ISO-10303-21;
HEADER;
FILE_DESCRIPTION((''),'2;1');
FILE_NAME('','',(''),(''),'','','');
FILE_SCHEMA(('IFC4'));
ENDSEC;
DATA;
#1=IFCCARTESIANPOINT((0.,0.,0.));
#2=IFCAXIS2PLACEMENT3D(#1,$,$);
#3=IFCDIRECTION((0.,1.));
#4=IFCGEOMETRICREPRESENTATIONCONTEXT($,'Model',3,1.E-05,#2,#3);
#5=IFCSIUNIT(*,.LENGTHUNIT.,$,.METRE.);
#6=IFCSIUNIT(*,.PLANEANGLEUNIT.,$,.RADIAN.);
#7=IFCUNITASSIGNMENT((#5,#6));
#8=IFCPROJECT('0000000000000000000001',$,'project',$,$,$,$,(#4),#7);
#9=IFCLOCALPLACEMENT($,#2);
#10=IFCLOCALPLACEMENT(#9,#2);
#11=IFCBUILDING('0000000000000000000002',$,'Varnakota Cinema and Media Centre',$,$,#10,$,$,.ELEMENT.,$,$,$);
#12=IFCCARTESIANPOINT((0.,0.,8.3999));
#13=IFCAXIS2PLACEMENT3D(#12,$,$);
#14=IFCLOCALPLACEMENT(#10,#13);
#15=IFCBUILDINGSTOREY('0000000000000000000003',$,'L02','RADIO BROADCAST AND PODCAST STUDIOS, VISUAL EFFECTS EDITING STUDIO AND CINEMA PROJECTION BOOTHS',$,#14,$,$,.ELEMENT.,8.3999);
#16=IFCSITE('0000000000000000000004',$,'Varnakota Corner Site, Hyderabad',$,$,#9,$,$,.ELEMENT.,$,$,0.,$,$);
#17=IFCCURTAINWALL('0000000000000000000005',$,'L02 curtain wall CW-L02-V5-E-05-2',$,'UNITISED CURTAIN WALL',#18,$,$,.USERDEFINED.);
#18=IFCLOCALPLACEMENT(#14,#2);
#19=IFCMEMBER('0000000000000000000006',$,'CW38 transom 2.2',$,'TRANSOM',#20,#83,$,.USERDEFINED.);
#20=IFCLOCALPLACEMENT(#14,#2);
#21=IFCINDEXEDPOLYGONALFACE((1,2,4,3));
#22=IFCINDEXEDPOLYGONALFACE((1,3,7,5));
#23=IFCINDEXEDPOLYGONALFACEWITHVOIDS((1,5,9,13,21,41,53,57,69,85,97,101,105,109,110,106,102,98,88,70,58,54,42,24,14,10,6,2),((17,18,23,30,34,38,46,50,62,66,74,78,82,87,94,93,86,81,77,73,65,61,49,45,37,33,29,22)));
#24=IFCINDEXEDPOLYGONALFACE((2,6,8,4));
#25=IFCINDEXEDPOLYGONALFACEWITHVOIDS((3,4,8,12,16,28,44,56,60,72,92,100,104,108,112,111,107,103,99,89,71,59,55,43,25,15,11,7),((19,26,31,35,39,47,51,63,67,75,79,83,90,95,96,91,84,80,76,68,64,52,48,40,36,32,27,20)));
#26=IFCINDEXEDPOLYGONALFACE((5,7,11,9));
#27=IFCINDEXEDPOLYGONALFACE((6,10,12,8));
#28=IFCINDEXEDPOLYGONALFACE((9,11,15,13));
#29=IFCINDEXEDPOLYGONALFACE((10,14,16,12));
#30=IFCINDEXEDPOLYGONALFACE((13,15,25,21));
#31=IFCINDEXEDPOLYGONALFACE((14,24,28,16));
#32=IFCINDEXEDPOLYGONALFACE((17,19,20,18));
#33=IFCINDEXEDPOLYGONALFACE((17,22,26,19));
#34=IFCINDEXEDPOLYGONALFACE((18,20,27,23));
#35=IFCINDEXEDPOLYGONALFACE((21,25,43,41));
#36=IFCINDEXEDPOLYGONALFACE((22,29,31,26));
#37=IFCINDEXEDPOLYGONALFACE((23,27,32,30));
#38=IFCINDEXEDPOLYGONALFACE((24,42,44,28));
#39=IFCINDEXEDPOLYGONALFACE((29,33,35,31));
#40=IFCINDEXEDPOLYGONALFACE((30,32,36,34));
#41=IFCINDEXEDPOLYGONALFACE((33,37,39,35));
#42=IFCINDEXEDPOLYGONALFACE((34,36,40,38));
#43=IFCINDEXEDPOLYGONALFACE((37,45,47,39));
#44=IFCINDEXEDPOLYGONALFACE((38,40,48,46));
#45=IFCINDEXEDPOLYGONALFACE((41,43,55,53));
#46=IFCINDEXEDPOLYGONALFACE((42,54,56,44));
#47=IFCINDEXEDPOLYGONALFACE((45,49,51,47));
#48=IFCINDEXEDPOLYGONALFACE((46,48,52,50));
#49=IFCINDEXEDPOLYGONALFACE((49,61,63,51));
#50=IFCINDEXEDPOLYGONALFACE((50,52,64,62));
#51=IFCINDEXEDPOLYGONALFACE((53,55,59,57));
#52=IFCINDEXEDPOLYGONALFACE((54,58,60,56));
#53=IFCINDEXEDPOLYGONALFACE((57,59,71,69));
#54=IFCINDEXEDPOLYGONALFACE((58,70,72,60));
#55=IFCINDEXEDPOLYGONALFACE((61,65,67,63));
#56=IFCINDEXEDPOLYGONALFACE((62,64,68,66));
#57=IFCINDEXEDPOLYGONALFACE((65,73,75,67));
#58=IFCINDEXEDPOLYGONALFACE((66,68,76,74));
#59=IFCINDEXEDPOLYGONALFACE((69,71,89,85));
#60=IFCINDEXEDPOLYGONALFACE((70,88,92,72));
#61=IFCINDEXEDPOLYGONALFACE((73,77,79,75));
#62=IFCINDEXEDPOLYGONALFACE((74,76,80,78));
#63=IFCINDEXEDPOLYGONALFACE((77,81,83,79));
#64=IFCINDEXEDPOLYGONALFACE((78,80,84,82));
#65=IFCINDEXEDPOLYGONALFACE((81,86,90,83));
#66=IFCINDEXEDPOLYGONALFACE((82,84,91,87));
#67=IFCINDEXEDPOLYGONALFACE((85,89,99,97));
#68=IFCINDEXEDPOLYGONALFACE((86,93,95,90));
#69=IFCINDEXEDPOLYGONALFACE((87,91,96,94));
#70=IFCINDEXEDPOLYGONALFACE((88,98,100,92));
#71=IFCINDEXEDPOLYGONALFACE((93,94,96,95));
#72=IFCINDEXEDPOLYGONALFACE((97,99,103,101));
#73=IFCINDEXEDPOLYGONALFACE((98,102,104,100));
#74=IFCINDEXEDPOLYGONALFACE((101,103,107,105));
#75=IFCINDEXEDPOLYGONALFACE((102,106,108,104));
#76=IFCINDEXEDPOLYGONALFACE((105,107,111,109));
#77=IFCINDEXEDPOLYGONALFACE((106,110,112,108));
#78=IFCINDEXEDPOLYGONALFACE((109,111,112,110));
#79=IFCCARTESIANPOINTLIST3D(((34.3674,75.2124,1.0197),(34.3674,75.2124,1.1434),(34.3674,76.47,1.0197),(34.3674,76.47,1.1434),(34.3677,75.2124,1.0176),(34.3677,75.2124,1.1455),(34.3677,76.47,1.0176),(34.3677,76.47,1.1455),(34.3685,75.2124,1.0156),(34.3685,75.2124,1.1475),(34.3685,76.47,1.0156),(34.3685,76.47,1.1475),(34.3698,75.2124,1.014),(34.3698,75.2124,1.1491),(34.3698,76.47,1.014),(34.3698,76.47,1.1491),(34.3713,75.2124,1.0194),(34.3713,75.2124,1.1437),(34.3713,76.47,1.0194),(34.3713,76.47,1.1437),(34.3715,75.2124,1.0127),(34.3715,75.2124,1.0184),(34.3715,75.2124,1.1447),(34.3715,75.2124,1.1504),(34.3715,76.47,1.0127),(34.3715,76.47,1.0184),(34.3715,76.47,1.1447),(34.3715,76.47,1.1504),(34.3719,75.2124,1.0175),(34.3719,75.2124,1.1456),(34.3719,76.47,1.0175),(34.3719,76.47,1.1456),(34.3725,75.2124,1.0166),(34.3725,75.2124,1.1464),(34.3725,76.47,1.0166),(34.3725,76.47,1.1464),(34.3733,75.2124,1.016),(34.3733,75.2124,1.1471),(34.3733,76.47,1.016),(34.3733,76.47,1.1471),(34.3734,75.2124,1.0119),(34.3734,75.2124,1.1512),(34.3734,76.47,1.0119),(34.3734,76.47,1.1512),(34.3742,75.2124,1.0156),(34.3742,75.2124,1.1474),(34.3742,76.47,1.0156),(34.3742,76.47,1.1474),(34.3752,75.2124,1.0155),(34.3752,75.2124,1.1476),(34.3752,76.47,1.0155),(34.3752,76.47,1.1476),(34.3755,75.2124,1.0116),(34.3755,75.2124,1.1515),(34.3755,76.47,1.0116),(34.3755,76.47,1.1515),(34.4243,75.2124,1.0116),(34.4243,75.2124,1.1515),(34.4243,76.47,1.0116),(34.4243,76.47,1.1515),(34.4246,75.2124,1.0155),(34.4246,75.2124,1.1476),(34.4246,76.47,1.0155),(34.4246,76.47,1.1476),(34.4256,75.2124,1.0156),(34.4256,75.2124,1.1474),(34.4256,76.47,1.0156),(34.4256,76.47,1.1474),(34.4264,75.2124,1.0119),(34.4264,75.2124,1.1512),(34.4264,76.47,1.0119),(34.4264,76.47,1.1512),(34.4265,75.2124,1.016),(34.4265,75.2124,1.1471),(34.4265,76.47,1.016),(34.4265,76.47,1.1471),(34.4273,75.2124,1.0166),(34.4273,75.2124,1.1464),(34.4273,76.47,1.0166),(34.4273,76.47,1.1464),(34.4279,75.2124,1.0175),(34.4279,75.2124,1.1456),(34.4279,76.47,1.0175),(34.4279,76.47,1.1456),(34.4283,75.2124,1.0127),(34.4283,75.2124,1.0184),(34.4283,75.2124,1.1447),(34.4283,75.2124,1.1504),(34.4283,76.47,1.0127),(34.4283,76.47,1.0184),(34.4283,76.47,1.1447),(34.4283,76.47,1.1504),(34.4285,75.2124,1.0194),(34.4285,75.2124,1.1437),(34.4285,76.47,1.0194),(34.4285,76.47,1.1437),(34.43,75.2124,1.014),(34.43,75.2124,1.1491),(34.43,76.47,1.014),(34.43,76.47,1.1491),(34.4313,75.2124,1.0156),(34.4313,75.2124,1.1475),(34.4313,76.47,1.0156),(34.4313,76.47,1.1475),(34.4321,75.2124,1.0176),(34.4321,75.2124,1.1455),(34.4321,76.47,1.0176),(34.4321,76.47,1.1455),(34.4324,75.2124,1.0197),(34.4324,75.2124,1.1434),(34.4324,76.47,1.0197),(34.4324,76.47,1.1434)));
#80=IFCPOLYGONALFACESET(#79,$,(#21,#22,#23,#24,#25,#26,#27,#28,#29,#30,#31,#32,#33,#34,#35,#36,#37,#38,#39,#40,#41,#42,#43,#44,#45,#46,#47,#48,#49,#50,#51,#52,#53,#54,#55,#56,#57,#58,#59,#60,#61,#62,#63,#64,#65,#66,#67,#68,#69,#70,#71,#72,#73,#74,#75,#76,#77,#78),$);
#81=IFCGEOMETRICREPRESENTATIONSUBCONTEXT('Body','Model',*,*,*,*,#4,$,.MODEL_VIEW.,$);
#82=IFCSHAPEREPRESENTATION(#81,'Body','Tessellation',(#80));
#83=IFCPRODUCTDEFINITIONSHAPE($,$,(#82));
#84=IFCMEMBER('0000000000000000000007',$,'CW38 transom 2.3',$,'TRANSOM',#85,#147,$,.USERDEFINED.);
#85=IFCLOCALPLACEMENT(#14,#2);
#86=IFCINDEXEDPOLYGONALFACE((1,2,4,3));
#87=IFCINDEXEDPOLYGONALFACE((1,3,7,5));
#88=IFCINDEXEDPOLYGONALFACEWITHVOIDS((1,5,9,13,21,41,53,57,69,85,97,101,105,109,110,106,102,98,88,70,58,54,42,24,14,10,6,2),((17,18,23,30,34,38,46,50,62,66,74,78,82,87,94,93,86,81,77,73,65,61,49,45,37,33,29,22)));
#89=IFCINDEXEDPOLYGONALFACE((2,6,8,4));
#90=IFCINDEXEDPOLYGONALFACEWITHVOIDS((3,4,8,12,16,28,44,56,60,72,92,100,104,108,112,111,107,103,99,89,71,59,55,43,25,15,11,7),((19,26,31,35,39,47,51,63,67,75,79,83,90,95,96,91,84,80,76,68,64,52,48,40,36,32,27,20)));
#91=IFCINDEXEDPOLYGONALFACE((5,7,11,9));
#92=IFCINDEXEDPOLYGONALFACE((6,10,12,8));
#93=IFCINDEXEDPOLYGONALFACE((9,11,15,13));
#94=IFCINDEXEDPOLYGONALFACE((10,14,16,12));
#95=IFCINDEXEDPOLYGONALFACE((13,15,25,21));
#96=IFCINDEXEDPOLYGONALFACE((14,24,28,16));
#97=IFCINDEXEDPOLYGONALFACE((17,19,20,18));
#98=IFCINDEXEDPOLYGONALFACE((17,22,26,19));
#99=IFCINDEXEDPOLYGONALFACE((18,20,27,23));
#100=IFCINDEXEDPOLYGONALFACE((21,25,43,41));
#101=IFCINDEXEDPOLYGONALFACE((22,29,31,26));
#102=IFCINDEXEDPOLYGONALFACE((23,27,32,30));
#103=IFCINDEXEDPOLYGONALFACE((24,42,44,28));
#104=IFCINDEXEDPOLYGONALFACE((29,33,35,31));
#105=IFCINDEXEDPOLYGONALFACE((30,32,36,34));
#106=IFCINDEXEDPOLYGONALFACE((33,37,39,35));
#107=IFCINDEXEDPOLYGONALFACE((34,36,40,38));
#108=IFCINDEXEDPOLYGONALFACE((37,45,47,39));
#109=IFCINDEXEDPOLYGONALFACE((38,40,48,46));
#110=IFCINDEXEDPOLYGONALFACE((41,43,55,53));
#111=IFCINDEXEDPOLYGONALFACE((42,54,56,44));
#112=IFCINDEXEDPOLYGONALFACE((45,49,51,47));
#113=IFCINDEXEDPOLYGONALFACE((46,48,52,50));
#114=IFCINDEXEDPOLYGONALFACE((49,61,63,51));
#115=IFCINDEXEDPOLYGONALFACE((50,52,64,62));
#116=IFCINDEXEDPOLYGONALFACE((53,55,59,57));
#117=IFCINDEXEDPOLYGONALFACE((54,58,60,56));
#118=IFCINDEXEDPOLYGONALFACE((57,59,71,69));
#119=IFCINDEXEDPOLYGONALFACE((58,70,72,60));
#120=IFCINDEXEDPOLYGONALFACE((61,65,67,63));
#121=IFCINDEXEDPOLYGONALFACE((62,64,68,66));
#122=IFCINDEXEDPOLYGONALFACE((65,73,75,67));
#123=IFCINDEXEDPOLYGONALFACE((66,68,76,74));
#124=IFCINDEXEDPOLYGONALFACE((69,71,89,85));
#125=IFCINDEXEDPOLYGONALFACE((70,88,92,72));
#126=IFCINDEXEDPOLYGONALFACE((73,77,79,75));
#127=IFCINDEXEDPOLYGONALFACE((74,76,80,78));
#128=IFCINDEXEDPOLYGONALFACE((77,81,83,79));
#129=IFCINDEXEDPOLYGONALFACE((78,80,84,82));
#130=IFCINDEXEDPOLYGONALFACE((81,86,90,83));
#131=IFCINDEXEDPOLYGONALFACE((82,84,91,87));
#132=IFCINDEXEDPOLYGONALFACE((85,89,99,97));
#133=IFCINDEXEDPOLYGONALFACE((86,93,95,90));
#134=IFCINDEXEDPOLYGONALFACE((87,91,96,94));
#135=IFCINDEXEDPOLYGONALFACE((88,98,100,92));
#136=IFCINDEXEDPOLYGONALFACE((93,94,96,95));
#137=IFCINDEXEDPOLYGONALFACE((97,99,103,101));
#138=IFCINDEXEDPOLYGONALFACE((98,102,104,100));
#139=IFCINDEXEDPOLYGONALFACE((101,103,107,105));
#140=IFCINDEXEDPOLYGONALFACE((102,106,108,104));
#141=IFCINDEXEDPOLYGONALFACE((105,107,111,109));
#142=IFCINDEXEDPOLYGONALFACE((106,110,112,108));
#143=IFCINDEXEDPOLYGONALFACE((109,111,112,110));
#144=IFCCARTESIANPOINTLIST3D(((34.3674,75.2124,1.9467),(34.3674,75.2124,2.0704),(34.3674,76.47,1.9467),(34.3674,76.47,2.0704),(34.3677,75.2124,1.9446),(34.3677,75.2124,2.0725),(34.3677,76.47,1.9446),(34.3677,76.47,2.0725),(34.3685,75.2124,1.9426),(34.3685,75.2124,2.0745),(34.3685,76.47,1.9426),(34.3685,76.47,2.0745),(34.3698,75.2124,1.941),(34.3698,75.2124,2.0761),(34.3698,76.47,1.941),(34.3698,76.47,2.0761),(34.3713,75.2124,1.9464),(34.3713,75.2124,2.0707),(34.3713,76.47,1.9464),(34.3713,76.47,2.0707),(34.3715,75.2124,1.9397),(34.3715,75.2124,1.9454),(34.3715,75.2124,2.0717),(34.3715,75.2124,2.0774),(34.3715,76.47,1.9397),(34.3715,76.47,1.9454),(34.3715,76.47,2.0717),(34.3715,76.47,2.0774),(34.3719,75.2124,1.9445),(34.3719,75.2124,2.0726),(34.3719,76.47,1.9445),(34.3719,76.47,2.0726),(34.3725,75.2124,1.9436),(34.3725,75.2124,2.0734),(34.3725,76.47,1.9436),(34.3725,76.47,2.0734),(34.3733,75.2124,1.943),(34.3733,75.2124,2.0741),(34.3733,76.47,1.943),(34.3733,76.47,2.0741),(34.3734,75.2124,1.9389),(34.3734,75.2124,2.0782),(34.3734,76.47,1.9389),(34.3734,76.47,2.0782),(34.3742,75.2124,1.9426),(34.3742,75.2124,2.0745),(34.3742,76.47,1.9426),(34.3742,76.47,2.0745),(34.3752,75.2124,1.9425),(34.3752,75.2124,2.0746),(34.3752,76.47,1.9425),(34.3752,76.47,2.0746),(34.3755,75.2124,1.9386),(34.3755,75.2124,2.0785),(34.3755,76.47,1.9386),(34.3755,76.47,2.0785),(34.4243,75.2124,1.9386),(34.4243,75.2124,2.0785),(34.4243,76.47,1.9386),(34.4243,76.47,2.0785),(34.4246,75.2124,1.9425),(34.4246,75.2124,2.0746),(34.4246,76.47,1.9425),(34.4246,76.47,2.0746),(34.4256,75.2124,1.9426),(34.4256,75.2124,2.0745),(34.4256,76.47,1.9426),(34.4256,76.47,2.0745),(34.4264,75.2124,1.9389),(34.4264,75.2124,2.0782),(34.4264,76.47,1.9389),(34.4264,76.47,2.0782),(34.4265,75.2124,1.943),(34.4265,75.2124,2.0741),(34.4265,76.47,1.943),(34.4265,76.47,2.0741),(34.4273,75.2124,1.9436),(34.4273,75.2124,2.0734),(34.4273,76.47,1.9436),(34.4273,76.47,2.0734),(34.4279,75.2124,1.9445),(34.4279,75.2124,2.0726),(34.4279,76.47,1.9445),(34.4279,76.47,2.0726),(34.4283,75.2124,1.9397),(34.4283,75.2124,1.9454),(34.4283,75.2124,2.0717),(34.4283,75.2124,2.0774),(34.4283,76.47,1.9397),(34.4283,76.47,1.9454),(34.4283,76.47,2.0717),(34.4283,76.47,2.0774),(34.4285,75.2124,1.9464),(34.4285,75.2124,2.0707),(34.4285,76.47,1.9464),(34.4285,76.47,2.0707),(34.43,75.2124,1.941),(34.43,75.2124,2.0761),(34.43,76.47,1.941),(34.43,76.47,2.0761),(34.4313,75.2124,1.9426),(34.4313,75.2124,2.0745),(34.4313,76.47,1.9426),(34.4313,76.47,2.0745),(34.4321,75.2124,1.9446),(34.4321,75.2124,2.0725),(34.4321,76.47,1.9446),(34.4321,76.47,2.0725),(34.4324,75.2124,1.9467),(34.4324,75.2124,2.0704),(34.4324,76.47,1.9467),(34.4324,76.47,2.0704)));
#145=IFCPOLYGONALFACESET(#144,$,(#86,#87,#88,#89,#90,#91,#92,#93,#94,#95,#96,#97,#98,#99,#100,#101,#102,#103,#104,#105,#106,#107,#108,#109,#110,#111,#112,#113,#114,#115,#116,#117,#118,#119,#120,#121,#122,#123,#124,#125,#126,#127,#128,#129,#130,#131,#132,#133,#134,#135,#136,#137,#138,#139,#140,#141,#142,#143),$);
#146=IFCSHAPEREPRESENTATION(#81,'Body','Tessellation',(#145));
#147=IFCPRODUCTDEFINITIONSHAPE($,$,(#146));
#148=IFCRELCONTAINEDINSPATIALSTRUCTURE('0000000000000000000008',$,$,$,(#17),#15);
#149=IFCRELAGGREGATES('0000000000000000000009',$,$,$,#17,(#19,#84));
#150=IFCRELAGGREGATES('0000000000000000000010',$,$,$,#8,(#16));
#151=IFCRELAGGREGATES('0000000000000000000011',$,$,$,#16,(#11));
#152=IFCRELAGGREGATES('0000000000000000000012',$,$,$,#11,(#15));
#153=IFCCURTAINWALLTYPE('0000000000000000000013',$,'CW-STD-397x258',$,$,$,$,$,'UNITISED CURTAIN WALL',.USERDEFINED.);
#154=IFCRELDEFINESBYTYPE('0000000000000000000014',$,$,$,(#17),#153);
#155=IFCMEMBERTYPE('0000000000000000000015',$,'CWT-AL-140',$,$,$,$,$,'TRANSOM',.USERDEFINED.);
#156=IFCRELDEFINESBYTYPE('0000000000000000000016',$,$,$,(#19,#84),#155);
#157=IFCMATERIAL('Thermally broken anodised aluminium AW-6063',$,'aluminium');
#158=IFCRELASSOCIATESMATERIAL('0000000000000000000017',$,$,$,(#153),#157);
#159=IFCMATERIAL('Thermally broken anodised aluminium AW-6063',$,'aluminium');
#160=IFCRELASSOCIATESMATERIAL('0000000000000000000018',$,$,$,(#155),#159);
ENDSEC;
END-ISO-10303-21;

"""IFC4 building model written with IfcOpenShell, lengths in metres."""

from ifc_helpers import new_model, si_unit, direction, frame, origin, origin_2d, place, context, subcontext, project, spatial, hollow_rectangle, extrude, material, material_profile, profile_set, type_object, element, aggregate, save


model = new_model("IFC4")

# Units and contexts
model_context = context("Model", 3, precision=1e-05, world=origin(), true_north=direction((0.0, 1.0)))
body_context = subcontext(model_context, "Body", "Model", "MODEL_VIEW")
ifc_project = project(units=[si_unit("LENGTHUNIT", "METRE"), si_unit("PLANEANGLEUNIT", "RADIAN")], contexts=[model_context])

# Site, building, storey
site_placement = place(None, origin())
site = spatial("IfcSite", under=ifc_project, at=site_placement, Name="Varnakota Corner Site, Hyderabad", CompositionType="ELEMENT", RefElevation=0.0)
building_placement = place(site_placement, origin())
building = spatial("IfcBuilding", under=site, at=building_placement, Name="Varnakota Cinema and Media Centre", CompositionType="ELEMENT")
storey_placement = place(building_placement, frame((0.0, 0.0, 8.3999)))
storey = spatial("IfcBuildingStorey", under=building, at=storey_placement, Name="L02", Description="RADIO BROADCAST AND PODCAST STUDIOS, VISUAL EFFECTS EDITING STUDIO AND CINEMA PROJECTION BOOTHS", CompositionType="ELEMENT", Elevation=8.3999)

# Shared definitions
ifc_material_1 = material(Name="Thermally broken anodised aluminium AW-6063", Category="aluminium")
curtain_wall_type = type_object("IfcCurtainWallType", Name="CW-STD-397x258", ElementType="UNITISED CURTAIN WALL", PredefinedType="USERDEFINED", material=ifc_material_1)

# Curtain wall, members
curtain_wall_1_placement = place(storey_placement, origin())
curtain_wall_1 = element("IfcCurtainWall", 1, at=curtain_wall_1_placement, inside=storey, type_object=curtain_wall_type, Name="L02 curtain wall CW-L02-V5-E-05-2", ObjectType="UNITISED CURTAIN WALL", PredefinedType="USERDEFINED")
ifc_material_2 = material(Name="Thermally broken anodised aluminium AW-6063", Category="aluminium")
ifc_material_profile_1 = material_profile(ifc_material_2, hollow_rectangle(XDim=0.0649, YDim=0.1399, WallThickness=0.0039, InnerFilletRadius=0.0039, OuterFilletRadius=0.0081, at=origin_2d()), Name="AL-TRANSOM 140x65x4")
ifc_profile_set_1 = profile_set([ifc_material_profile_1], Name="Thermally broken anodised aluminium AW-6063")
member_type_1 = type_object("IfcMemberType", Name="CWT-AL-140", ElementType="TRANSOM", PredefinedType="USERDEFINED", material=ifc_profile_set_1)
member_1_placement = place(storey_placement, frame((34.3999, 75.2124, 1.0815), z_axis=(0.0, 1.0, 0.0), x_axis=(-1.0, 0.0, 0.0)))
member_1 = element("IfcMember", 2, at=member_1_placement, type_object=member_type_1, Name="CW38 transom 2.2", ObjectType="TRANSOM", PredefinedType="USERDEFINED", context=body_context, shape_type="SweptSolid", body=[
    extrude(hollow_rectangle(XDim=0.0649, YDim=0.1399, WallThickness=0.0039, InnerFilletRadius=0.0039, OuterFilletRadius=0.0081, at=origin_2d()), origin(), (0.0, 0.0, 1.0), 1.2576),
])
member_2_placement = place(storey_placement, frame((34.3999, 75.2124, 2.0085), z_axis=(0.0, 1.0, 0.0), x_axis=(-1.0, 0.0, 0.0)))
member_2 = element("IfcMember", 3, at=member_2_placement, type_object=member_type_1, Name="CW38 transom 2.3", ObjectType="TRANSOM", PredefinedType="USERDEFINED", context=body_context, shape_type="SweptSolid", body=[
    extrude(hollow_rectangle(XDim=0.0649, YDim=0.1399, WallThickness=0.0039, InnerFilletRadius=0.0039, OuterFilletRadius=0.0081, at=origin_2d()), origin(), (0.0, 0.0, 1.0), 1.2576),
])
aggregate(curtain_wall_1, [member_1, member_2])

save(model, "model.ifc")
